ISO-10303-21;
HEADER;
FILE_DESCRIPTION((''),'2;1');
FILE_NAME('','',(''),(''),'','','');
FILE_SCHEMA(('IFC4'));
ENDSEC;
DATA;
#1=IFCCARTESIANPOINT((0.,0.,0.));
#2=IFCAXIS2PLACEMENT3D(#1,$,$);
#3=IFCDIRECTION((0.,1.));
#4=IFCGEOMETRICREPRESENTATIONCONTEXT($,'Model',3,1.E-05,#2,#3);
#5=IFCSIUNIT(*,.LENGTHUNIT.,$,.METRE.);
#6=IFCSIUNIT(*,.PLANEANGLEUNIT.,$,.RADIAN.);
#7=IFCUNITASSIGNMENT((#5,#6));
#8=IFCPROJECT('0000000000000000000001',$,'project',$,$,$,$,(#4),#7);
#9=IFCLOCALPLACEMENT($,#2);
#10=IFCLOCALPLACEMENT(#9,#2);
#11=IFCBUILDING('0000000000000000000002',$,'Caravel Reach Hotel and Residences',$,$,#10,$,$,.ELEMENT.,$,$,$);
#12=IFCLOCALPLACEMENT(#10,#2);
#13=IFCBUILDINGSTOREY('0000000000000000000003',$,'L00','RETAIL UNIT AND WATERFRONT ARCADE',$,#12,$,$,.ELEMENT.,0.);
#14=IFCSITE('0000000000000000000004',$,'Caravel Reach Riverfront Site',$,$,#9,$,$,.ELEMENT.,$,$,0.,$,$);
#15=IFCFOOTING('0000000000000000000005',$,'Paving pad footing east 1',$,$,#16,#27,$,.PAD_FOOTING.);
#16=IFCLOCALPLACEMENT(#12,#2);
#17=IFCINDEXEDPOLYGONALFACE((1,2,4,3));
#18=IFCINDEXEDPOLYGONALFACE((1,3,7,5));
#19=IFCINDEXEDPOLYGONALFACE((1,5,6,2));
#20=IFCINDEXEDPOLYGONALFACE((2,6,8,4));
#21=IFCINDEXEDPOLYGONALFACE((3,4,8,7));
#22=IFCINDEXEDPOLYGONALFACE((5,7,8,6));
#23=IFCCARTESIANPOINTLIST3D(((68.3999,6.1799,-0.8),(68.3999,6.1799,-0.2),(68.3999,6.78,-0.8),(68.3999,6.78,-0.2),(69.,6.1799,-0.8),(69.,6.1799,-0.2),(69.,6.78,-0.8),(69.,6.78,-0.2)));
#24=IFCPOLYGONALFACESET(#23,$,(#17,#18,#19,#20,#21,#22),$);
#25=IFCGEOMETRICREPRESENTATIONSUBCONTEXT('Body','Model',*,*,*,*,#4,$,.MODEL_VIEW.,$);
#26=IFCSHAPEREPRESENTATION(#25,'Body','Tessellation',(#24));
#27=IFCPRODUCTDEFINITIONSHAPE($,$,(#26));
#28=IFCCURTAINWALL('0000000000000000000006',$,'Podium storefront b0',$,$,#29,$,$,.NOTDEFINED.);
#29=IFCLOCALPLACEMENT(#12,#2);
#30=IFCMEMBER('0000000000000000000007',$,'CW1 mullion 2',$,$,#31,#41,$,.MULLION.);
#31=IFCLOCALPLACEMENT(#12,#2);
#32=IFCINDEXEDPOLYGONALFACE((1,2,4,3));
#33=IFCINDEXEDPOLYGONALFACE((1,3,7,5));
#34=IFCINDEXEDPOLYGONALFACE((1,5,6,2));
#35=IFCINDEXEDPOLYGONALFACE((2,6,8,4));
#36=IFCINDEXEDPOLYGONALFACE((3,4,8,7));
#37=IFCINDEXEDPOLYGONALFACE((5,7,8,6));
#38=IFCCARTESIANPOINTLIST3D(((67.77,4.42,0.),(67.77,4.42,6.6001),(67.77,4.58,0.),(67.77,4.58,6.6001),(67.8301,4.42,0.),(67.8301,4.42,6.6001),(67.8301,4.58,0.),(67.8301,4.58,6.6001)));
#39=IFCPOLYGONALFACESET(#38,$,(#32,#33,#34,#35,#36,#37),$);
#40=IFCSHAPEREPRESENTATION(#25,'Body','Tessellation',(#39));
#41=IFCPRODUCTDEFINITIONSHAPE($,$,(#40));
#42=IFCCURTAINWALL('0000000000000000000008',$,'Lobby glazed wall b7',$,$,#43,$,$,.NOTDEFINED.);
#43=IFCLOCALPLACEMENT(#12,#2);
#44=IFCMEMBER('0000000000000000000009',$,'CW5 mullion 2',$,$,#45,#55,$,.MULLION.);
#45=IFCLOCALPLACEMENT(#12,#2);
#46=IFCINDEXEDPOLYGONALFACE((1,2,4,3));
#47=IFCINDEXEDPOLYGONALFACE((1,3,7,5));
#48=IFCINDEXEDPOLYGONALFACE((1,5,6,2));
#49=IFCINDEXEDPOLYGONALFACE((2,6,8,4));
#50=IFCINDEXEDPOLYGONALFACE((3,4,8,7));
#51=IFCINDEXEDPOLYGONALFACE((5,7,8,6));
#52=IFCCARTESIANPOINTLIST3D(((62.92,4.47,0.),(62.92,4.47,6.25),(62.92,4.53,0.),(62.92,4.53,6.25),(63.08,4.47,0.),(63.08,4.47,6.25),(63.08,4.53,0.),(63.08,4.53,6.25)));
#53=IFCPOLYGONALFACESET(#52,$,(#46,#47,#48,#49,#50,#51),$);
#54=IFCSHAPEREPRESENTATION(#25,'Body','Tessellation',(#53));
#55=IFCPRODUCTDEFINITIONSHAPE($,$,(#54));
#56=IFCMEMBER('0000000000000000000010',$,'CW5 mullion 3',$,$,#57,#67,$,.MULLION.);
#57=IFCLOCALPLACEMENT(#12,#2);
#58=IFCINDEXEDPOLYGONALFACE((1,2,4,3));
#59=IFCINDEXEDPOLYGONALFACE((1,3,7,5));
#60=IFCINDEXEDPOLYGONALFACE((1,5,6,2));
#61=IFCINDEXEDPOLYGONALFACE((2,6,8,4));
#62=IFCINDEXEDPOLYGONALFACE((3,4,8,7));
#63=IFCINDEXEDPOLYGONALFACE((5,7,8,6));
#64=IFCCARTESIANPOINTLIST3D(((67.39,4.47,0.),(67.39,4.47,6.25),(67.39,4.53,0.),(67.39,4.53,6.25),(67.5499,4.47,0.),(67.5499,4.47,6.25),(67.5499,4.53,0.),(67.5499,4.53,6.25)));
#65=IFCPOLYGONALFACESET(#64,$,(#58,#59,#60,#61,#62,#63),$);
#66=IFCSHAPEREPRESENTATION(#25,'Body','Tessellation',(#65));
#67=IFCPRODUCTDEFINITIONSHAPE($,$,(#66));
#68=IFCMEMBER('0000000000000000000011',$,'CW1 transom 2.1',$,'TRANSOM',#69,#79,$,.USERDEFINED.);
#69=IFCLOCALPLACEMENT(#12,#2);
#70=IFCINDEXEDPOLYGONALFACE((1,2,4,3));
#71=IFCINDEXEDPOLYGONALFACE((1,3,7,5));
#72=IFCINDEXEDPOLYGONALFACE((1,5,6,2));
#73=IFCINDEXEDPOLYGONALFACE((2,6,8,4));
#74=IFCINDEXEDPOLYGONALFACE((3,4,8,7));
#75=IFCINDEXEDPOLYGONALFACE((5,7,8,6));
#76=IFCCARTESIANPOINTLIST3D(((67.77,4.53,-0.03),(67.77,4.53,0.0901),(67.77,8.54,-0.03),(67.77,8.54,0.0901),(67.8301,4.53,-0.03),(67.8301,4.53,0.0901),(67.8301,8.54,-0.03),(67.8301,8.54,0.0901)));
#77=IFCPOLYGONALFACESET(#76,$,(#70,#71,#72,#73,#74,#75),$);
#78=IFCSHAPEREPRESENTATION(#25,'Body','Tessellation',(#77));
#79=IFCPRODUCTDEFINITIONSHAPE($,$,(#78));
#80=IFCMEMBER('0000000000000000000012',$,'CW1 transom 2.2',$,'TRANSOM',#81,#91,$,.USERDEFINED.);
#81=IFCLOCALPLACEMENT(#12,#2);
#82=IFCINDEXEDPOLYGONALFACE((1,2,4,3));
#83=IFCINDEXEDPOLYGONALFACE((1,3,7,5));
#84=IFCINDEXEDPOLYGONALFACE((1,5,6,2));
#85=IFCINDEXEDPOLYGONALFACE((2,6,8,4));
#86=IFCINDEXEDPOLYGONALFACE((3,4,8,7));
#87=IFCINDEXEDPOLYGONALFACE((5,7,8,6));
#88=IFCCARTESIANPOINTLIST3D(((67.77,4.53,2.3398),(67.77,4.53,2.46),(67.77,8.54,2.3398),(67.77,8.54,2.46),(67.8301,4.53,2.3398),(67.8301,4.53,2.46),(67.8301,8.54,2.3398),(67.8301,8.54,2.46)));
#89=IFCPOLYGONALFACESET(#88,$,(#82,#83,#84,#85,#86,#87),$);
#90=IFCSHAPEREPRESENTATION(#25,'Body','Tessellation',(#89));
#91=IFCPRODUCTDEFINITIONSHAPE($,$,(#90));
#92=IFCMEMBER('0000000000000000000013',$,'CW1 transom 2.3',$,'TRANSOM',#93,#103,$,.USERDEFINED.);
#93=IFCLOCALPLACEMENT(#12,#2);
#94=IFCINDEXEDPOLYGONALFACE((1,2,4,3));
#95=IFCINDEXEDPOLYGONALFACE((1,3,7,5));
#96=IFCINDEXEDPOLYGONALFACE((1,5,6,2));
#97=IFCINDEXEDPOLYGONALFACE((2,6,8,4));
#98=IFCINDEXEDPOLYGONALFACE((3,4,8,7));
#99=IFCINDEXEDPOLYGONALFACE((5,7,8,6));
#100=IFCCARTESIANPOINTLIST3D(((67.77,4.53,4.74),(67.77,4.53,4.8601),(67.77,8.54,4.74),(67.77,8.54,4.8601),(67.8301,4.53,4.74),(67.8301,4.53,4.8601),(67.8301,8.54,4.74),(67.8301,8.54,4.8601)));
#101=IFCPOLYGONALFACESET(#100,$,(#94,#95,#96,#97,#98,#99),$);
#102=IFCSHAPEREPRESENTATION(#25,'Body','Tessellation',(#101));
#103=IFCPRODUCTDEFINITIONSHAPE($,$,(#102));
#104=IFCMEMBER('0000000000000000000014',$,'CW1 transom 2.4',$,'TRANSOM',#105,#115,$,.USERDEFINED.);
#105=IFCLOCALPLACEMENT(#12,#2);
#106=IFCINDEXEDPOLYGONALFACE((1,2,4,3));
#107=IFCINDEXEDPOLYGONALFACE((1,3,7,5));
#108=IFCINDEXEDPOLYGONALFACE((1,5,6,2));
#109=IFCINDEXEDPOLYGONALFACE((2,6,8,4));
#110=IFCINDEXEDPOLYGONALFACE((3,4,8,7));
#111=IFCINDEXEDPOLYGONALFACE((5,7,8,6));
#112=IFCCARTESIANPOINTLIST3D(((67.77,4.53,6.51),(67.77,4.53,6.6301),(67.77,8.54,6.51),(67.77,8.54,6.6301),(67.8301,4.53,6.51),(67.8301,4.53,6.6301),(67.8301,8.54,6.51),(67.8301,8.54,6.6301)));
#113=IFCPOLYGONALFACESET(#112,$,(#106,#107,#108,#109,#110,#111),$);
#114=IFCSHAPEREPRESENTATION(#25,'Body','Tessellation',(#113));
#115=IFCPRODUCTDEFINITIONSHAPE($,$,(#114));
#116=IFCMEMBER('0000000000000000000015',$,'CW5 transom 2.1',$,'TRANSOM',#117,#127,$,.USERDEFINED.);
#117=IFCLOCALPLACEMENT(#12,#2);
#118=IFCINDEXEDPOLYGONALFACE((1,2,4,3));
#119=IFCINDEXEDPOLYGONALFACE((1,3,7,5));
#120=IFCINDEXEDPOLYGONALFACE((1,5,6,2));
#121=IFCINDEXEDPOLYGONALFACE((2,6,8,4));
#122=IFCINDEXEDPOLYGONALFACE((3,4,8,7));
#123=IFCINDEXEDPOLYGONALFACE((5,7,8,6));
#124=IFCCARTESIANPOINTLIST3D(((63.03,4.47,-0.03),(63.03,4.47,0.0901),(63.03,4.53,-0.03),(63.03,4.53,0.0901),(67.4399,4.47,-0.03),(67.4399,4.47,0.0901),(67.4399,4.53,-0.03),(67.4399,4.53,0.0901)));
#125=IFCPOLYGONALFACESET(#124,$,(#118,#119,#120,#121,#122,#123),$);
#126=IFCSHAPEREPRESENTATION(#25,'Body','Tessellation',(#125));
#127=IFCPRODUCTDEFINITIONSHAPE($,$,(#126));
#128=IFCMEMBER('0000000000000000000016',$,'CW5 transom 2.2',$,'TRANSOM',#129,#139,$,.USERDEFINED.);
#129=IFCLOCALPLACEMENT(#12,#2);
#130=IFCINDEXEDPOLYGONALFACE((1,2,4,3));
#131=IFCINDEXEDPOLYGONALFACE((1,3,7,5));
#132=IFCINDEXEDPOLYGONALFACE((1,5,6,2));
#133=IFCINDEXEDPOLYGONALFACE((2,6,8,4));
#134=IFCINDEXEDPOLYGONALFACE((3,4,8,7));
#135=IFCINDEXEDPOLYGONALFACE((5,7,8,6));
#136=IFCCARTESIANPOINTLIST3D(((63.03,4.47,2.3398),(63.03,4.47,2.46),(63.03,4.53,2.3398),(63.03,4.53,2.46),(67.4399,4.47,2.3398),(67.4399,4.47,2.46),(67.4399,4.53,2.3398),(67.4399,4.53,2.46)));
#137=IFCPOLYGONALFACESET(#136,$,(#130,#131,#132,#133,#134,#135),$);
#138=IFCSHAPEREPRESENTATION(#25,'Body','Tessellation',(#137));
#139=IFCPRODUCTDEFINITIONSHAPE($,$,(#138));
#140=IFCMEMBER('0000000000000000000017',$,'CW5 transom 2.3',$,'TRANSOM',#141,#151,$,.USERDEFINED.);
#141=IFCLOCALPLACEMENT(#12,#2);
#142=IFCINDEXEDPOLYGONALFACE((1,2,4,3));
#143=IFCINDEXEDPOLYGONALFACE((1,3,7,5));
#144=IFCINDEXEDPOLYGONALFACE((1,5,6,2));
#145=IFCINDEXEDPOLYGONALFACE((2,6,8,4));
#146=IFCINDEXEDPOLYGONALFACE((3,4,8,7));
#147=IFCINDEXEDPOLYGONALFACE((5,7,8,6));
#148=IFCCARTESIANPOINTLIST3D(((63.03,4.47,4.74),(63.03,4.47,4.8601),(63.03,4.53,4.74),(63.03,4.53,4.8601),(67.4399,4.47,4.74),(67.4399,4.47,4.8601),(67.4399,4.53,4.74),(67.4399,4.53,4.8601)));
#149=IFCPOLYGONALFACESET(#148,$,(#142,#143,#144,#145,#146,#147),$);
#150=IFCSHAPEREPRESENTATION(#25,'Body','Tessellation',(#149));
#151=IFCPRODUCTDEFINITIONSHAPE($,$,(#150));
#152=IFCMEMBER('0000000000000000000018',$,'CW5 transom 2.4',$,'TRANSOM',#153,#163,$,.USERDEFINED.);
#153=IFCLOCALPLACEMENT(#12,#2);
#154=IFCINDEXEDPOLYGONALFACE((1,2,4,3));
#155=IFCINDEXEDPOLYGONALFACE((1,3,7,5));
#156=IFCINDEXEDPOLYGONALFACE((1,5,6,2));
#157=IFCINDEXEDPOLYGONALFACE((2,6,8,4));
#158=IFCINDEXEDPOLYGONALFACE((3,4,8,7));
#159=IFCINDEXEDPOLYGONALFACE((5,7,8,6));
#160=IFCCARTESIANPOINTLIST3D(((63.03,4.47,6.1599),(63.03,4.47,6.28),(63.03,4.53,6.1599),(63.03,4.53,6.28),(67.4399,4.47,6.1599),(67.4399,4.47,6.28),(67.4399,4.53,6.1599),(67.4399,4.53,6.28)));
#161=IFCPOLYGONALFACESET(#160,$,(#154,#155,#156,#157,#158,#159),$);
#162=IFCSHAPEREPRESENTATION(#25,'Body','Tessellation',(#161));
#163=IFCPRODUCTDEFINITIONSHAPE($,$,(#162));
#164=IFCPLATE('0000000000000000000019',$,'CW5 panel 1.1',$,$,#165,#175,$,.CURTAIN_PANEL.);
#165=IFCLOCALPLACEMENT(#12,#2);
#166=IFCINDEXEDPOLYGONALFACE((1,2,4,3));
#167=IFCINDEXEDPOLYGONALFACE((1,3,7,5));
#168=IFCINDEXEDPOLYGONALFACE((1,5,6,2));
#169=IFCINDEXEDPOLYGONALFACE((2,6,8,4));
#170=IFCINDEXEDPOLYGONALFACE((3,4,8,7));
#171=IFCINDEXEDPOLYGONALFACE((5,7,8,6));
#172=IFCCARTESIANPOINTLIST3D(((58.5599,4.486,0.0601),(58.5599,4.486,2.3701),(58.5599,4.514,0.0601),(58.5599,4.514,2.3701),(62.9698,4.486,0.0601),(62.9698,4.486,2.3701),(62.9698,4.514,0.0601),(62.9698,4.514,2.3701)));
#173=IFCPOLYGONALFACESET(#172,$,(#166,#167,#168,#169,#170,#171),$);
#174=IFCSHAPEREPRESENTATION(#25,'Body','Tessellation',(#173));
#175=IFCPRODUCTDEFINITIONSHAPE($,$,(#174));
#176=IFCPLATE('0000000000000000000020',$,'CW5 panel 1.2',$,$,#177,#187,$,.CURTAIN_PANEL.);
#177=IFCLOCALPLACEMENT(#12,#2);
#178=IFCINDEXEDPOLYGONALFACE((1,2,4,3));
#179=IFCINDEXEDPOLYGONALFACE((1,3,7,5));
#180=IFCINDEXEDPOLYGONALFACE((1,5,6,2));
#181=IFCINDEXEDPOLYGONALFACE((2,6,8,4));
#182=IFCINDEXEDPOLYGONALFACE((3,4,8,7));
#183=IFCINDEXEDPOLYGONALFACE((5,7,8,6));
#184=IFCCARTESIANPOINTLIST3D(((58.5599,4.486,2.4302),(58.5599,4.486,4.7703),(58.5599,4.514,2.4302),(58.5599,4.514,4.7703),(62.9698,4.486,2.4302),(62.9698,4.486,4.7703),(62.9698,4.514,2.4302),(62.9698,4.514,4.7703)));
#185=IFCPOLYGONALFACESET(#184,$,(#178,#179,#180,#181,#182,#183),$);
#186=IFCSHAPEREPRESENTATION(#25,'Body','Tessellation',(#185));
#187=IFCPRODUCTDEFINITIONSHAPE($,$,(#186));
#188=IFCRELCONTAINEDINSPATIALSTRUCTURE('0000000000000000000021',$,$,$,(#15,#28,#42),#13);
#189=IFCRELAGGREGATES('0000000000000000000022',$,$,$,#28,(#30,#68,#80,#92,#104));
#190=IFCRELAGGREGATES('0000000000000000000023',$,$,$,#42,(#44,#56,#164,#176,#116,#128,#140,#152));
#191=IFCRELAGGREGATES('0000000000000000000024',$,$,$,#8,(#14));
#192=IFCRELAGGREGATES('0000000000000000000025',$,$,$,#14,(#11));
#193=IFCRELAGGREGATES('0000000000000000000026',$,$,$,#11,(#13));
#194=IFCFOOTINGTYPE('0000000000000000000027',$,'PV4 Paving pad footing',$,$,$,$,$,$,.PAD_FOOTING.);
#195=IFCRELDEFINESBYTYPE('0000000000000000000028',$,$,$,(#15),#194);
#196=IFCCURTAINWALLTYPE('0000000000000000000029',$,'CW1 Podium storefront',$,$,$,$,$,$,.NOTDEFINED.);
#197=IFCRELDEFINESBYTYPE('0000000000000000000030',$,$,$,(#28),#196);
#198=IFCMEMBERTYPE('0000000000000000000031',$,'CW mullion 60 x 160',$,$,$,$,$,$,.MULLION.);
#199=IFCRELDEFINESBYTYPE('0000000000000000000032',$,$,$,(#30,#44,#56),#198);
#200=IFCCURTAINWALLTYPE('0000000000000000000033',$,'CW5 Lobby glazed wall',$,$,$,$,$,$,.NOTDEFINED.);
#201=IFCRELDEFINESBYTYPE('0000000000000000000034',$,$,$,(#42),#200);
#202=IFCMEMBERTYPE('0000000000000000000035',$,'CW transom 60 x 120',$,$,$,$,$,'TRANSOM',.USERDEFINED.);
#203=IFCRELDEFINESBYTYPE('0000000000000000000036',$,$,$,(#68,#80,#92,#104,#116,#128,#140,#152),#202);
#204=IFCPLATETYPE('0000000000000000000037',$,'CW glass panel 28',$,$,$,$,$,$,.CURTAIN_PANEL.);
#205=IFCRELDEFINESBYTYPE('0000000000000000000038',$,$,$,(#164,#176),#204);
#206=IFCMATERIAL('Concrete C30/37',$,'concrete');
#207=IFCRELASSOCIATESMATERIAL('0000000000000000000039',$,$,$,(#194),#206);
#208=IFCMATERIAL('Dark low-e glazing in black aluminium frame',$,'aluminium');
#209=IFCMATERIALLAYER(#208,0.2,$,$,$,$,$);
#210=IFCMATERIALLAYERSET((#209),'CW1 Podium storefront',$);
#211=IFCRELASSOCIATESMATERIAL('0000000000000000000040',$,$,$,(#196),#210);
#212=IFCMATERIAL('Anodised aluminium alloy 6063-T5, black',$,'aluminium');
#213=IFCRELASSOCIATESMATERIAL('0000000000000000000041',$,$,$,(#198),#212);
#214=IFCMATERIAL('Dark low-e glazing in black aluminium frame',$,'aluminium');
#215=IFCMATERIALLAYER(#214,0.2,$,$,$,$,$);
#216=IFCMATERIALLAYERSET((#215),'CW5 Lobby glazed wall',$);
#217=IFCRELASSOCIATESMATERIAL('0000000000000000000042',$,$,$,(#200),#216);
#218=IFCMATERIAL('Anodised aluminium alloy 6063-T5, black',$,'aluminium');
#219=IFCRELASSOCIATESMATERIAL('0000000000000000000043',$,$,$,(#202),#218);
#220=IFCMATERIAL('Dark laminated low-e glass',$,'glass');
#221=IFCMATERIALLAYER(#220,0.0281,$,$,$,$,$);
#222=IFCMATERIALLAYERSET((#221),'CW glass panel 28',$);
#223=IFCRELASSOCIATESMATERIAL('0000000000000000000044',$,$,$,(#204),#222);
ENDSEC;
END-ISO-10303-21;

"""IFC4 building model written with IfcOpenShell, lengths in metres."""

from ifc_helpers import new_model, si_unit, direction, frame, origin, origin_2d, place, context, subcontext, project, spatial, rectangle, extrude, material, layer, layer_set, material_profile, profile_set, type_object, element, aggregate, save


model = new_model("IFC4")

# Units and contexts
model_context = context("Model", 3, precision=1e-05, world=origin(), true_north=direction((0.0, 1.0)))
body_context = subcontext(model_context, "Body", "Model", "MODEL_VIEW")
ifc_project = project(units=[si_unit("LENGTHUNIT", "METRE"), si_unit("PLANEANGLEUNIT", "RADIAN")], contexts=[model_context])

# Site, building, storey
site_placement = place(None, origin())
site = spatial("IfcSite", under=ifc_project, at=site_placement, Name="Caravel Reach Riverfront Site", CompositionType="ELEMENT", RefElevation=0.0)
building_placement = place(site_placement, origin())
building = spatial("IfcBuilding", under=site, at=building_placement, Name="Caravel Reach Hotel and Residences", CompositionType="ELEMENT")
storey_placement = place(building_placement, origin())
storey = spatial("IfcBuildingStorey", under=building, at=storey_placement, Name="L00", Description="RETAIL UNIT AND WATERFRONT ARCADE", CompositionType="ELEMENT", Elevation=0.0)

# Footing
ifc_material_1 = material(Name="Concrete C30/37", Category="concrete")
footing_type = type_object("IfcFootingType", Name="PV4 Paving pad footing", PredefinedType="PAD_FOOTING", material=ifc_material_1)
footing_placement = place(storey_placement, frame((68.7, 6.48, -0.8), z_axis=(0.0, 0.0, 1.0), x_axis=(1.0, 0.0, 0.0)))
element("IfcFooting", 1, at=footing_placement, inside=storey, type_object=footing_type, Name="Paving pad footing east 1", PredefinedType="PAD_FOOTING", context=body_context, shape_type="SweptSolid", body=[
    extrude(rectangle(XDim=0.6001, YDim=0.6001, at=origin_2d()), origin(), (0.0, 0.0, 1.0), 0.6001),
])

# Curtain wall, member
ifc_material_2 = material(Name="Dark low-e glazing in black aluminium frame", Category="aluminium")
ifc_layer_1 = layer(ifc_material_2, 0.2)
ifc_layer_set_1 = layer_set([ifc_layer_1], Name="CW1 Podium storefront")
curtain_wall_type_1 = type_object("IfcCurtainWallType", Name="CW1 Podium storefront", PredefinedType="NOTDEFINED", material=ifc_layer_set_1)
curtain_wall_1_placement = place(storey_placement, origin())
curtain_wall_1 = element("IfcCurtainWall", 2, at=curtain_wall_1_placement, inside=storey, type_object=curtain_wall_type_1, Name="Podium storefront b0", PredefinedType="NOTDEFINED")
ifc_material_3 = material(Name="Anodised aluminium alloy 6063-T5, black", Category="aluminium")
ifc_material_profile_1 = material_profile(ifc_material_3, rectangle(XDim=0.0601, YDim=0.1599, at=origin_2d()), Name="CW mullion 60 x 160")
ifc_profile_set_1 = profile_set([ifc_material_profile_1], Name="Anodised aluminium alloy 6063-T5, black")
member_type_1 = type_object("IfcMemberType", Name="CW mullion 60 x 160", PredefinedType="MULLION", material=ifc_profile_set_1)
member_1_placement = place(storey_placement, frame((67.8, 4.5, 0.0), z_axis=(0.0, 0.0, 1.0), x_axis=(-1.0, 0.0, 0.0)))
member_1 = element("IfcMember", 3, at=member_1_placement, type_object=member_type_1, Name="CW1 mullion 2", PredefinedType="MULLION", context=body_context, shape_type="SweptSolid", body=[
    extrude(rectangle(XDim=0.0601, YDim=0.1599, at=origin_2d()), origin(), (0.0, 0.0, 1.0), 6.6001),
])

# Curtain wall, members
ifc_material_4 = material(Name="Dark low-e glazing in black aluminium frame", Category="aluminium")
ifc_layer_2 = layer(ifc_material_4, 0.2)
ifc_layer_set_2 = layer_set([ifc_layer_2], Name="CW5 Lobby glazed wall")
curtain_wall_type_2 = type_object("IfcCurtainWallType", Name="CW5 Lobby glazed wall", PredefinedType="NOTDEFINED", material=ifc_layer_set_2)
curtain_wall_2_placement = place(storey_placement, origin())
curtain_wall_2 = element("IfcCurtainWall", 4, at=curtain_wall_2_placement, inside=storey, type_object=curtain_wall_type_2, Name="Lobby glazed wall b7", PredefinedType="NOTDEFINED")
member_2_placement = place(storey_placement, frame((63.0, 4.5, 0.0), z_axis=(0.0, 0.0, 1.0), x_axis=(0.0, 1.0, 0.0)))
member_2 = element("IfcMember", 5, at=member_2_placement, type_object=member_type_1, Name="CW5 mullion 2", PredefinedType="MULLION", context=body_context, shape_type="SweptSolid", body=[
    extrude(rectangle(XDim=0.0601, YDim=0.1599, at=origin_2d()), origin(), (0.0, 0.0, 1.0), 6.25),
])
member_3_placement = place(storey_placement, frame((67.47, 4.5, 0.0), z_axis=(0.0, 0.0, 1.0), x_axis=(0.0, 1.0, 0.0)))
member_3 = element("IfcMember", 6, at=member_3_placement, type_object=member_type_1, Name="CW5 mullion 3", PredefinedType="MULLION", context=body_context, shape_type="SweptSolid", body=[
    extrude(rectangle(XDim=0.0601, YDim=0.1599, at=origin_2d()), origin(), (0.0, 0.0, 1.0), 6.25),
])

# Members
ifc_material_5 = material(Name="Anodised aluminium alloy 6063-T5, black", Category="aluminium")
ifc_material_profile_2 = material_profile(ifc_material_5, rectangle(XDim=0.0601, YDim=0.1201, at=origin_2d()), Name="CW transom 60 x 120")
ifc_profile_set_2 = profile_set([ifc_material_profile_2], Name="Anodised aluminium alloy 6063-T5, black")
member_type_2 = type_object("IfcMemberType", Name="CW transom 60 x 120", ElementType="TRANSOM", PredefinedType="USERDEFINED", material=ifc_profile_set_2)
member_4_placement = place(storey_placement, frame((67.8, 4.53, 0.03), z_axis=(0.0, 1.0, 0.0), x_axis=(-1.0, 0.0, 0.0)))
member_4 = element("IfcMember", 7, at=member_4_placement, type_object=member_type_2, Name="CW1 transom 2.1", ObjectType="TRANSOM", PredefinedType="USERDEFINED", context=body_context, shape_type="SweptSolid", body=[
    extrude(rectangle(XDim=0.0601, YDim=0.1201, at=origin_2d()), origin(), (0.0, 0.0, 1.0), 4.01),
])
member_5_placement = place(storey_placement, frame((67.8, 4.53, 2.3999), z_axis=(0.0, 1.0, 0.0), x_axis=(-1.0, 0.0, 0.0)))
member_5 = element("IfcMember", 8, at=member_5_placement, type_object=member_type_2, Name="CW1 transom 2.2", ObjectType="TRANSOM", PredefinedType="USERDEFINED", context=body_context, shape_type="SweptSolid", body=[
    extrude(rectangle(XDim=0.0601, YDim=0.1201, at=origin_2d()), origin(), (0.0, 0.0, 1.0), 4.01),
])
member_6_placement = place(storey_placement, frame((67.8, 4.53, 4.8), z_axis=(0.0, 1.0, 0.0), x_axis=(-1.0, 0.0, 0.0)))
member_6 = element("IfcMember", 9, at=member_6_placement, type_object=member_type_2, Name="CW1 transom 2.3", ObjectType="TRANSOM", PredefinedType="USERDEFINED", context=body_context, shape_type="SweptSolid", body=[
    extrude(rectangle(XDim=0.0601, YDim=0.1201, at=origin_2d()), origin(), (0.0, 0.0, 1.0), 4.01),
])
member_7_placement = place(storey_placement, frame((67.8, 4.53, 6.5701), z_axis=(0.0, 1.0, 0.0), x_axis=(-1.0, 0.0, 0.0)))
member_7 = element("IfcMember", 10, at=member_7_placement, type_object=member_type_2, Name="CW1 transom 2.4", ObjectType="TRANSOM", PredefinedType="USERDEFINED", context=body_context, shape_type="SweptSolid", body=[
    extrude(rectangle(XDim=0.0601, YDim=0.1201, at=origin_2d()), origin(), (0.0, 0.0, 1.0), 4.01),
])
aggregate(curtain_wall_1, [member_1, member_4, member_5, member_6, member_7])
member_8_placement = place(storey_placement, frame((63.03, 4.5, 0.03), z_axis=(1.0, 0.0, 0.0), x_axis=(0.0, 1.0, 0.0)))
member_8 = element("IfcMember", 11, at=member_8_placement, type_object=member_type_2, Name="CW5 transom 2.1", ObjectType="TRANSOM", PredefinedType="USERDEFINED", context=body_context, shape_type="SweptSolid", body=[
    extrude(rectangle(XDim=0.0601, YDim=0.1201, at=origin_2d()), origin(), (0.0, 0.0, 1.0), 4.4099),
])
member_9_placement = place(storey_placement, frame((63.03, 4.5, 2.3999), z_axis=(1.0, 0.0, 0.0), x_axis=(0.0, 1.0, 0.0)))
member_9 = element("IfcMember", 12, at=member_9_placement, type_object=member_type_2, Name="CW5 transom 2.2", ObjectType="TRANSOM", PredefinedType="USERDEFINED", context=body_context, shape_type="SweptSolid", body=[
    extrude(rectangle(XDim=0.0601, YDim=0.1201, at=origin_2d()), origin(), (0.0, 0.0, 1.0), 4.4099),
])
member_10_placement = place(storey_placement, frame((63.03, 4.5, 4.8), z_axis=(1.0, 0.0, 0.0), x_axis=(0.0, 1.0, 0.0)))
member_10 = element("IfcMember", 13, at=member_10_placement, type_object=member_type_2, Name="CW5 transom 2.3", ObjectType="TRANSOM", PredefinedType="USERDEFINED", context=body_context, shape_type="SweptSolid", body=[
    extrude(rectangle(XDim=0.0601, YDim=0.1201, at=origin_2d()), origin(), (0.0, 0.0, 1.0), 4.4099),
])
member_11_placement = place(storey_placement, frame((63.03, 4.5, 6.22), z_axis=(1.0, 0.0, 0.0), x_axis=(0.0, 1.0, 0.0)))
member_11 = element("IfcMember", 14, at=member_11_placement, type_object=member_type_2, Name="CW5 transom 2.4", ObjectType="TRANSOM", PredefinedType="USERDEFINED", context=body_context, shape_type="SweptSolid", body=[
    extrude(rectangle(XDim=0.0601, YDim=0.1201, at=origin_2d()), origin(), (0.0, 0.0, 1.0), 4.4099),
])

# Plates
ifc_material_6 = material(Name="Dark laminated low-e glass", Category="glass")
ifc_layer_3 = layer(ifc_material_6, 0.0281)
ifc_layer_set_3 = layer_set([ifc_layer_3], Name="CW glass panel 28")
plate_type = type_object("IfcPlateType", Name="CW glass panel 28", PredefinedType="CURTAIN_PANEL", material=ifc_layer_set_3)
plate_1_placement = place(storey_placement, frame((60.7649, 4.5, 0.0601), z_axis=(0.0, 0.0, 1.0), x_axis=(1.0, 0.0, 0.0)))
plate_1 = element("IfcPlate", 15, at=plate_1_placement, type_object=plate_type, Name="CW5 panel 1.1", PredefinedType="CURTAIN_PANEL", context=body_context, shape_type="SweptSolid", body=[
    extrude(rectangle(XDim=4.4099, YDim=0.0281, at=origin_2d()), origin(), (0.0, 0.0, 1.0), 2.3101),
])
plate_2_placement = place(storey_placement, frame((60.7649, 4.5, 2.4302), z_axis=(0.0, 0.0, 1.0), x_axis=(1.0, 0.0, 0.0)))
plate_2 = element("IfcPlate", 16, at=plate_2_placement, type_object=plate_type, Name="CW5 panel 1.2", PredefinedType="CURTAIN_PANEL", context=body_context, shape_type="SweptSolid", body=[
    extrude(rectangle(XDim=4.4099, YDim=0.0281, at=origin_2d()), origin(), (0.0, 0.0, 1.0), 2.3401),
])
aggregate(curtain_wall_2, [member_2, member_3, plate_1, plate_2, member_8, member_9, member_10, member_11])

save(model, "model.ifc")
